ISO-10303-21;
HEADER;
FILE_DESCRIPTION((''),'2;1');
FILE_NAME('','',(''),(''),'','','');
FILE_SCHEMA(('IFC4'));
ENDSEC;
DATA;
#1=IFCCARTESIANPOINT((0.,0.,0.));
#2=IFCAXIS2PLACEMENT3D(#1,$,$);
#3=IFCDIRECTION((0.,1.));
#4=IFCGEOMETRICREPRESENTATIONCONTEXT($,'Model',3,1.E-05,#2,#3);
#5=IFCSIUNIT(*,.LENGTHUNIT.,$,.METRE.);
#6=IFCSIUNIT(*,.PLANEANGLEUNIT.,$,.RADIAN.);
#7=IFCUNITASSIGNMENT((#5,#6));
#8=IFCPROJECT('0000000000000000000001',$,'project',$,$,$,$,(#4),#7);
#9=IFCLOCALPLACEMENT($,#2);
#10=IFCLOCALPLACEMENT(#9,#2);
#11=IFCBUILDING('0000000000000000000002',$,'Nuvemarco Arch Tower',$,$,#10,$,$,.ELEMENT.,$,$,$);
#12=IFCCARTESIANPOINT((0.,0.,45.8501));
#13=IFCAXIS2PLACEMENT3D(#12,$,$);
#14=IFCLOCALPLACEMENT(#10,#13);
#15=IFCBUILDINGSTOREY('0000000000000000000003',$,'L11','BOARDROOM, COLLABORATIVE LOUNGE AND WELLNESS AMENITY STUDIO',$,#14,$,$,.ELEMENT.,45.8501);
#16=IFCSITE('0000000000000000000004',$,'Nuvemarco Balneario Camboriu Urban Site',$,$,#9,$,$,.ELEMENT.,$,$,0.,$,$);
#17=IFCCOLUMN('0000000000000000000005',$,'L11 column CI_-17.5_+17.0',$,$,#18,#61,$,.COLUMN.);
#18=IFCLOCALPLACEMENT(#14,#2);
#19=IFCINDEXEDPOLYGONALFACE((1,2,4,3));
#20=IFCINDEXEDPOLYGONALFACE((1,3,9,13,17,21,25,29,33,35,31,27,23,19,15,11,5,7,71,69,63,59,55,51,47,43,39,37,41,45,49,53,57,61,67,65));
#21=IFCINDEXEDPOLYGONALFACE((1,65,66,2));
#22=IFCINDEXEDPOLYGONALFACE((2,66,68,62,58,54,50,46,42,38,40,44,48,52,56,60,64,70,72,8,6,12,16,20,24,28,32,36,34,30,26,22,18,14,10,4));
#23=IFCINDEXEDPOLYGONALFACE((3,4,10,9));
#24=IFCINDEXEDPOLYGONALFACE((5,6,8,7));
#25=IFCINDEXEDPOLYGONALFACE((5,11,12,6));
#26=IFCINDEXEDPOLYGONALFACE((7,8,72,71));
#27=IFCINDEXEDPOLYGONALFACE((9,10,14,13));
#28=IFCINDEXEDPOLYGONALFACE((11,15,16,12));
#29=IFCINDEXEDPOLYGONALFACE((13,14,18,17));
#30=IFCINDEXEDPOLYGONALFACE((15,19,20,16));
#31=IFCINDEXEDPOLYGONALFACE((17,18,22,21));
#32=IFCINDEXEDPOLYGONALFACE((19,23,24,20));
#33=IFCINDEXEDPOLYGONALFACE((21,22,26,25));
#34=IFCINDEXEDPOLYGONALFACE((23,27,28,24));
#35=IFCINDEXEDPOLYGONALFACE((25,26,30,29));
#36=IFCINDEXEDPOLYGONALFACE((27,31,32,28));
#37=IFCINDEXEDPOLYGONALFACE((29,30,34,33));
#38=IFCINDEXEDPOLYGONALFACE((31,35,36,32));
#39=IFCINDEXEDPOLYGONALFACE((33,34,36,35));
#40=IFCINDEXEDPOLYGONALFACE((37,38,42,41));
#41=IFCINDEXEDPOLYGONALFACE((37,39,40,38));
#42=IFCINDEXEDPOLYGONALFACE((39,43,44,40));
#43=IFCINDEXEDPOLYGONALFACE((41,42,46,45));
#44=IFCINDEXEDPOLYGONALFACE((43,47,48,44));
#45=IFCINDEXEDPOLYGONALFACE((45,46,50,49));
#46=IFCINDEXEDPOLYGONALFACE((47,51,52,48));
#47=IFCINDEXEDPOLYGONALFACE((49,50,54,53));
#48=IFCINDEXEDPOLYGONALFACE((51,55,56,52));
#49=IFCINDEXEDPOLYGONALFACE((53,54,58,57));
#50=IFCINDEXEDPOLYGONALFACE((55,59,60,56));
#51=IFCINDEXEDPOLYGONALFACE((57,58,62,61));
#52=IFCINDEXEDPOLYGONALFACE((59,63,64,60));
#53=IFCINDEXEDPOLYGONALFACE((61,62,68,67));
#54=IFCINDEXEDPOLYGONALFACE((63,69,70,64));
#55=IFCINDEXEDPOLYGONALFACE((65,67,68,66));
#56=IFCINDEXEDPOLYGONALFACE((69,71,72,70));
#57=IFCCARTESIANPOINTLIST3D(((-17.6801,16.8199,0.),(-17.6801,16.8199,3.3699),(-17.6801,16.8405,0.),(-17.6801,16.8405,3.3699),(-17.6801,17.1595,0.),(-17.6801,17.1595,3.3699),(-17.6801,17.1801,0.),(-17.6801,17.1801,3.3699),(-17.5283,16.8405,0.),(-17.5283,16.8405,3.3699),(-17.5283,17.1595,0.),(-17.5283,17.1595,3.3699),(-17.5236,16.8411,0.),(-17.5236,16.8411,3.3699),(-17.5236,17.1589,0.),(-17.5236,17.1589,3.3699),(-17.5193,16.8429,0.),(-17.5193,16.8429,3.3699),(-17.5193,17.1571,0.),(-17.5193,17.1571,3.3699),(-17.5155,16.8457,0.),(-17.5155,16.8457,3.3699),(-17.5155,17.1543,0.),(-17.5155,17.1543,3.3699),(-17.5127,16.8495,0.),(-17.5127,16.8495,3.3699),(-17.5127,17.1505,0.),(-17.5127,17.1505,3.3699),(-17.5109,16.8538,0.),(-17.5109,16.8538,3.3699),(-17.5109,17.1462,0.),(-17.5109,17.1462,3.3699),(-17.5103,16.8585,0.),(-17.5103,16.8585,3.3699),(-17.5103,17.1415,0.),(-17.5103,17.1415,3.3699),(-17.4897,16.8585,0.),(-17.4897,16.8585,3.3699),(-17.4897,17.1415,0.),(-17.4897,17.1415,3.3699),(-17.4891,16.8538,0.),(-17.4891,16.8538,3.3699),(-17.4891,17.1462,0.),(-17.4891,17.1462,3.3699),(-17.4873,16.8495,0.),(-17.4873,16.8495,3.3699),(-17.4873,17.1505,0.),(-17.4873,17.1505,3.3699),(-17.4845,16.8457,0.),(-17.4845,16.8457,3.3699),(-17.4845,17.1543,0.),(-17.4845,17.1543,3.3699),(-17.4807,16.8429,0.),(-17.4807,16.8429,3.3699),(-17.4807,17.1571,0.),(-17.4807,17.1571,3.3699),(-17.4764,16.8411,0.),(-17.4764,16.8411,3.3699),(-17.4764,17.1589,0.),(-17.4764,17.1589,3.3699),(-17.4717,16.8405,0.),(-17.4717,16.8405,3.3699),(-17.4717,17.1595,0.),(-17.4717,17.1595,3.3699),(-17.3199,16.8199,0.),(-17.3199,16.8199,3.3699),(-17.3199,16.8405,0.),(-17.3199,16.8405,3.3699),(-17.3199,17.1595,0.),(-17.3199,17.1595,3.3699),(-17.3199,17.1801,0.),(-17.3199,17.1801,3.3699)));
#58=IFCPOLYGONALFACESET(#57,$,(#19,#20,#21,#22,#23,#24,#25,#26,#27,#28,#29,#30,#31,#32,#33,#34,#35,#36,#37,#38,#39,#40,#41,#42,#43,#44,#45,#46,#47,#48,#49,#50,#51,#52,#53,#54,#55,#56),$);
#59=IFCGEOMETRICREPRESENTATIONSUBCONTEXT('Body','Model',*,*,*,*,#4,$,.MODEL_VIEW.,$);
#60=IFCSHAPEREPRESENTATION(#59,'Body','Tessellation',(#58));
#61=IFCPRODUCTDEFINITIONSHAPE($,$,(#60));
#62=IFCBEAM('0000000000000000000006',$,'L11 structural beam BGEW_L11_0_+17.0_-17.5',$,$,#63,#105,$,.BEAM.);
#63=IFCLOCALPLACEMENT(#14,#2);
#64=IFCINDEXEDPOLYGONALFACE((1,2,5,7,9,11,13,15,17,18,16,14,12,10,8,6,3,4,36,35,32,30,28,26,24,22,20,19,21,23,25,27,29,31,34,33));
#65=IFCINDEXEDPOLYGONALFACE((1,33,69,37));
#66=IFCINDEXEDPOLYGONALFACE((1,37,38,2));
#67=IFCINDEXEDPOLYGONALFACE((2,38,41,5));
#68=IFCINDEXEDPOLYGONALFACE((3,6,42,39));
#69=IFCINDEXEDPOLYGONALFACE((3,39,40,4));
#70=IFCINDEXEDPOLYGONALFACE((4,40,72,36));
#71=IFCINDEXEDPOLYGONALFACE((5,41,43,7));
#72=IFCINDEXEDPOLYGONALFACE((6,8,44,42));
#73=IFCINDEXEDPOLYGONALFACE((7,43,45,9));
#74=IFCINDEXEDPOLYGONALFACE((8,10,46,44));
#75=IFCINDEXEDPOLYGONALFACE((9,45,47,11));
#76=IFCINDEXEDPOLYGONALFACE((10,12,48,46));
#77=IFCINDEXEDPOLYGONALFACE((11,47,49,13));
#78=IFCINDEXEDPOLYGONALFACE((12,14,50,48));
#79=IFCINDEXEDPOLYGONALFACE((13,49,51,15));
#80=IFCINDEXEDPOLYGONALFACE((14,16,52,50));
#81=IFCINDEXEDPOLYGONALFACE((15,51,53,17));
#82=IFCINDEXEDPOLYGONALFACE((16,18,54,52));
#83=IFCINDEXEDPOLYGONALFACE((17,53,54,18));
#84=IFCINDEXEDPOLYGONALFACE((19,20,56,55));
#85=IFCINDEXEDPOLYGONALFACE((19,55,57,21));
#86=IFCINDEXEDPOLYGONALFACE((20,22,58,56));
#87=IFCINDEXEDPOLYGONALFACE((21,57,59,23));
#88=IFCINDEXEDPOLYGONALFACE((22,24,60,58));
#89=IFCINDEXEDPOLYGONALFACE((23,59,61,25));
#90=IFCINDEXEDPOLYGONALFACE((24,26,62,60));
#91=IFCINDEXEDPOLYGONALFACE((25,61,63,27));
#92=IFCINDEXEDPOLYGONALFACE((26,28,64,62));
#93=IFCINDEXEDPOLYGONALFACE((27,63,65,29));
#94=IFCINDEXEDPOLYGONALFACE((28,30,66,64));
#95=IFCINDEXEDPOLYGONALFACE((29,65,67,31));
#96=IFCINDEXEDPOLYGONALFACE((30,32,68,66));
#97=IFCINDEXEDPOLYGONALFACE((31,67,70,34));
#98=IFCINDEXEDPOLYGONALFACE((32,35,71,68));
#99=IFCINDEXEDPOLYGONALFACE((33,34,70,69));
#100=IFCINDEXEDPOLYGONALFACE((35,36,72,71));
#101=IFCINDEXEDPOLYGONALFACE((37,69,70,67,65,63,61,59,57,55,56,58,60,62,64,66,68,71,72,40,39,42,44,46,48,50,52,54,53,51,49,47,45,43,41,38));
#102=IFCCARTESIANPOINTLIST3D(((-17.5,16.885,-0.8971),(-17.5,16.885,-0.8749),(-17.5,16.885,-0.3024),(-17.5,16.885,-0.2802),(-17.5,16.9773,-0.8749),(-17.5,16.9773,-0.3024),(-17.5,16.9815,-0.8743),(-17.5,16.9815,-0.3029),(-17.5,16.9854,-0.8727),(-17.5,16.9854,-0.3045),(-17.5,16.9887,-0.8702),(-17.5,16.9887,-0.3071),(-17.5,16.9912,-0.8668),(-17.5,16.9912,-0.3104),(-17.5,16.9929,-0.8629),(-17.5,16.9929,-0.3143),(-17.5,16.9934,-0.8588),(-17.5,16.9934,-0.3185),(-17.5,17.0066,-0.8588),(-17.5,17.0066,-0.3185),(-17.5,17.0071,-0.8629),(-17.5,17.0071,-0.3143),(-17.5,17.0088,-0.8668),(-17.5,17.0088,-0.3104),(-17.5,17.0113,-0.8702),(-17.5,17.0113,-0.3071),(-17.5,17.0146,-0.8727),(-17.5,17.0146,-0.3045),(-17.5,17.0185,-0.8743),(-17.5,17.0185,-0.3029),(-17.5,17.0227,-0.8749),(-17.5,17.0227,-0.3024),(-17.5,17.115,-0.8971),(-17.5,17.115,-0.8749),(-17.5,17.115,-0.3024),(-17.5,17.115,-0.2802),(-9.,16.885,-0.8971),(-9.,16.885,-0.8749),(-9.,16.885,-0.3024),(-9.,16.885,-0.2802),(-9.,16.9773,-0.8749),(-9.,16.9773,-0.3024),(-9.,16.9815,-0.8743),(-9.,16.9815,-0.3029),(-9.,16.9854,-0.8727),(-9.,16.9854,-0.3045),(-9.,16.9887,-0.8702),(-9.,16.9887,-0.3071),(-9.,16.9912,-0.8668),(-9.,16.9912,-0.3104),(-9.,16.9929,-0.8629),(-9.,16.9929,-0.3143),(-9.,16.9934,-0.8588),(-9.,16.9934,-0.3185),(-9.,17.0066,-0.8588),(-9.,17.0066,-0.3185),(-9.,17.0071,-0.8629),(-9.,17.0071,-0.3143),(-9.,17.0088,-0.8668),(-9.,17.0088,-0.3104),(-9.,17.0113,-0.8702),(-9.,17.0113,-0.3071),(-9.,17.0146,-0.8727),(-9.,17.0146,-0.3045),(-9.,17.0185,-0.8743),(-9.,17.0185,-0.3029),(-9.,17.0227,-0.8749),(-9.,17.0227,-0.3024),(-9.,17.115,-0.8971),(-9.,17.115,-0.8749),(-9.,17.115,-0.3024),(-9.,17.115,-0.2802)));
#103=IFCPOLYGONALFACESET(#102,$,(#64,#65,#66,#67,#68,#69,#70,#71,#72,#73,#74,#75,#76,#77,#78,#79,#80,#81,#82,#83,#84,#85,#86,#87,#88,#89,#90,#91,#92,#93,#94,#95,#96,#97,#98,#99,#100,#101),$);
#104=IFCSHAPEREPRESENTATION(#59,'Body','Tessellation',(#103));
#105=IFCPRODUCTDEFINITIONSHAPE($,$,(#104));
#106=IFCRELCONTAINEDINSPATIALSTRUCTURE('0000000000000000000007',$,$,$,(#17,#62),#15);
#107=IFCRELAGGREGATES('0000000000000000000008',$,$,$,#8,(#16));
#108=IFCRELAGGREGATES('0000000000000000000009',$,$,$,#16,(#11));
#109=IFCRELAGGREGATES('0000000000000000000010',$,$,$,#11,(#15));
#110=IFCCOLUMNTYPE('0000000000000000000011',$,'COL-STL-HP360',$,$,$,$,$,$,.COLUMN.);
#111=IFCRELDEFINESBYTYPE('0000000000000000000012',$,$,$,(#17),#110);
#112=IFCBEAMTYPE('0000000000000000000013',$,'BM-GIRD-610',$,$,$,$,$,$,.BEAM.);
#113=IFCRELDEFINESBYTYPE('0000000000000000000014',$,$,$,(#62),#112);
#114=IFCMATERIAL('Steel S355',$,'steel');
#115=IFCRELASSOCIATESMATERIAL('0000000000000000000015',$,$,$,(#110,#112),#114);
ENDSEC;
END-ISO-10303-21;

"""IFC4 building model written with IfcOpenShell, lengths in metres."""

from ifc_helpers import new_model, si_unit, direction, frame, origin, origin_2d, place, context, subcontext, project, spatial, i_section, extrude, material, material_profile, profile_set, type_object, element, save


model = new_model("IFC4")

# Units and contexts
model_context = context("Model", 3, precision=1e-05, world=origin(), true_north=direction((0.0, 1.0)))
body_context = subcontext(model_context, "Body", "Model", "MODEL_VIEW")
ifc_project = project(units=[si_unit("LENGTHUNIT", "METRE"), si_unit("PLANEANGLEUNIT", "RADIAN")], contexts=[model_context])

# Site, building, storey
site_placement = place(None, origin())
site = spatial("IfcSite", under=ifc_project, at=site_placement, Name="Nuvemarco Balneario Camboriu Urban Site", CompositionType="ELEMENT", RefElevation=0.0)
building_placement = place(site_placement, origin())
building = spatial("IfcBuilding", under=site, at=building_placement, Name="Nuvemarco Arch Tower", CompositionType="ELEMENT")
storey_placement = place(building_placement, frame((0.0, 0.0, 45.8501)))
storey = spatial("IfcBuildingStorey", under=building, at=storey_placement, Name="L11", Description="BOARDROOM, COLLABORATIVE LOUNGE AND WELLNESS AMENITY STUDIO", CompositionType="ELEMENT", Elevation=45.8501)

# Column
ifc_material_1 = material(Name="Steel S355", Category="steel")
ifc_material_profile_1 = material_profile(ifc_material_1, i_section(OverallWidth=0.3601, OverallDepth=0.3601, WebThickness=0.0205, FlangeThickness=0.0205, FilletRadius=0.0181, at=origin_2d()), Name="HP360x174")
ifc_profile_set_1 = profile_set([ifc_material_profile_1], Name="Steel S355")
column_type = type_object("IfcColumnType", Name="COL-STL-HP360", PredefinedType="COLUMN", material=ifc_profile_set_1)
column_placement = place(storey_placement, frame((-17.5, 17.0, 0.0), z_axis=(0.0, 0.0, 1.0), x_axis=(1.0, 0.0, 0.0)))
element("IfcColumn", 1, at=column_placement, inside=storey, type_object=column_type, Name="L11 column CI_-17.5_+17.0", PredefinedType="COLUMN", context=body_context, shape_type="SweptSolid", body=[
    extrude(i_section(OverallWidth=0.3601, OverallDepth=0.3601, WebThickness=0.0205, FlangeThickness=0.0205, FilletRadius=0.0181, at=origin_2d()), origin(), (0.0, 0.0, 1.0), 3.3699),
])

# Beam
ifc_material_profile_2 = material_profile(ifc_material_1, i_section(OverallWidth=0.23, OverallDepth=0.6169, WebThickness=0.0132, FlangeThickness=0.0222, FilletRadius=0.0161, at=origin_2d()), Name="W610x140")
ifc_profile_set_2 = profile_set([ifc_material_profile_2], Name="Steel S355")
beam_type = type_object("IfcBeamType", Name="BM-GIRD-610", PredefinedType="BEAM", material=ifc_profile_set_2)
beam_placement = place(storey_placement, frame((-17.5, 17.0, -0.5886), z_axis=(1.0, 0.0, 0.0), x_axis=(0.0, 1.0, 0.0)))
element("IfcBeam", 2, at=beam_placement, inside=storey, type_object=beam_type, Name="L11 structural beam BGEW_L11_0_+17.0_-17.5", PredefinedType="BEAM", context=body_context, shape_type="SweptSolid", body=[
    extrude(i_section(OverallWidth=0.23, OverallDepth=0.6169, WebThickness=0.0132, FlangeThickness=0.0222, FilletRadius=0.0161, at=origin_2d()), origin(), (0.0, 0.0, 1.0), 8.5),
])

save(model, "model.ifc")
